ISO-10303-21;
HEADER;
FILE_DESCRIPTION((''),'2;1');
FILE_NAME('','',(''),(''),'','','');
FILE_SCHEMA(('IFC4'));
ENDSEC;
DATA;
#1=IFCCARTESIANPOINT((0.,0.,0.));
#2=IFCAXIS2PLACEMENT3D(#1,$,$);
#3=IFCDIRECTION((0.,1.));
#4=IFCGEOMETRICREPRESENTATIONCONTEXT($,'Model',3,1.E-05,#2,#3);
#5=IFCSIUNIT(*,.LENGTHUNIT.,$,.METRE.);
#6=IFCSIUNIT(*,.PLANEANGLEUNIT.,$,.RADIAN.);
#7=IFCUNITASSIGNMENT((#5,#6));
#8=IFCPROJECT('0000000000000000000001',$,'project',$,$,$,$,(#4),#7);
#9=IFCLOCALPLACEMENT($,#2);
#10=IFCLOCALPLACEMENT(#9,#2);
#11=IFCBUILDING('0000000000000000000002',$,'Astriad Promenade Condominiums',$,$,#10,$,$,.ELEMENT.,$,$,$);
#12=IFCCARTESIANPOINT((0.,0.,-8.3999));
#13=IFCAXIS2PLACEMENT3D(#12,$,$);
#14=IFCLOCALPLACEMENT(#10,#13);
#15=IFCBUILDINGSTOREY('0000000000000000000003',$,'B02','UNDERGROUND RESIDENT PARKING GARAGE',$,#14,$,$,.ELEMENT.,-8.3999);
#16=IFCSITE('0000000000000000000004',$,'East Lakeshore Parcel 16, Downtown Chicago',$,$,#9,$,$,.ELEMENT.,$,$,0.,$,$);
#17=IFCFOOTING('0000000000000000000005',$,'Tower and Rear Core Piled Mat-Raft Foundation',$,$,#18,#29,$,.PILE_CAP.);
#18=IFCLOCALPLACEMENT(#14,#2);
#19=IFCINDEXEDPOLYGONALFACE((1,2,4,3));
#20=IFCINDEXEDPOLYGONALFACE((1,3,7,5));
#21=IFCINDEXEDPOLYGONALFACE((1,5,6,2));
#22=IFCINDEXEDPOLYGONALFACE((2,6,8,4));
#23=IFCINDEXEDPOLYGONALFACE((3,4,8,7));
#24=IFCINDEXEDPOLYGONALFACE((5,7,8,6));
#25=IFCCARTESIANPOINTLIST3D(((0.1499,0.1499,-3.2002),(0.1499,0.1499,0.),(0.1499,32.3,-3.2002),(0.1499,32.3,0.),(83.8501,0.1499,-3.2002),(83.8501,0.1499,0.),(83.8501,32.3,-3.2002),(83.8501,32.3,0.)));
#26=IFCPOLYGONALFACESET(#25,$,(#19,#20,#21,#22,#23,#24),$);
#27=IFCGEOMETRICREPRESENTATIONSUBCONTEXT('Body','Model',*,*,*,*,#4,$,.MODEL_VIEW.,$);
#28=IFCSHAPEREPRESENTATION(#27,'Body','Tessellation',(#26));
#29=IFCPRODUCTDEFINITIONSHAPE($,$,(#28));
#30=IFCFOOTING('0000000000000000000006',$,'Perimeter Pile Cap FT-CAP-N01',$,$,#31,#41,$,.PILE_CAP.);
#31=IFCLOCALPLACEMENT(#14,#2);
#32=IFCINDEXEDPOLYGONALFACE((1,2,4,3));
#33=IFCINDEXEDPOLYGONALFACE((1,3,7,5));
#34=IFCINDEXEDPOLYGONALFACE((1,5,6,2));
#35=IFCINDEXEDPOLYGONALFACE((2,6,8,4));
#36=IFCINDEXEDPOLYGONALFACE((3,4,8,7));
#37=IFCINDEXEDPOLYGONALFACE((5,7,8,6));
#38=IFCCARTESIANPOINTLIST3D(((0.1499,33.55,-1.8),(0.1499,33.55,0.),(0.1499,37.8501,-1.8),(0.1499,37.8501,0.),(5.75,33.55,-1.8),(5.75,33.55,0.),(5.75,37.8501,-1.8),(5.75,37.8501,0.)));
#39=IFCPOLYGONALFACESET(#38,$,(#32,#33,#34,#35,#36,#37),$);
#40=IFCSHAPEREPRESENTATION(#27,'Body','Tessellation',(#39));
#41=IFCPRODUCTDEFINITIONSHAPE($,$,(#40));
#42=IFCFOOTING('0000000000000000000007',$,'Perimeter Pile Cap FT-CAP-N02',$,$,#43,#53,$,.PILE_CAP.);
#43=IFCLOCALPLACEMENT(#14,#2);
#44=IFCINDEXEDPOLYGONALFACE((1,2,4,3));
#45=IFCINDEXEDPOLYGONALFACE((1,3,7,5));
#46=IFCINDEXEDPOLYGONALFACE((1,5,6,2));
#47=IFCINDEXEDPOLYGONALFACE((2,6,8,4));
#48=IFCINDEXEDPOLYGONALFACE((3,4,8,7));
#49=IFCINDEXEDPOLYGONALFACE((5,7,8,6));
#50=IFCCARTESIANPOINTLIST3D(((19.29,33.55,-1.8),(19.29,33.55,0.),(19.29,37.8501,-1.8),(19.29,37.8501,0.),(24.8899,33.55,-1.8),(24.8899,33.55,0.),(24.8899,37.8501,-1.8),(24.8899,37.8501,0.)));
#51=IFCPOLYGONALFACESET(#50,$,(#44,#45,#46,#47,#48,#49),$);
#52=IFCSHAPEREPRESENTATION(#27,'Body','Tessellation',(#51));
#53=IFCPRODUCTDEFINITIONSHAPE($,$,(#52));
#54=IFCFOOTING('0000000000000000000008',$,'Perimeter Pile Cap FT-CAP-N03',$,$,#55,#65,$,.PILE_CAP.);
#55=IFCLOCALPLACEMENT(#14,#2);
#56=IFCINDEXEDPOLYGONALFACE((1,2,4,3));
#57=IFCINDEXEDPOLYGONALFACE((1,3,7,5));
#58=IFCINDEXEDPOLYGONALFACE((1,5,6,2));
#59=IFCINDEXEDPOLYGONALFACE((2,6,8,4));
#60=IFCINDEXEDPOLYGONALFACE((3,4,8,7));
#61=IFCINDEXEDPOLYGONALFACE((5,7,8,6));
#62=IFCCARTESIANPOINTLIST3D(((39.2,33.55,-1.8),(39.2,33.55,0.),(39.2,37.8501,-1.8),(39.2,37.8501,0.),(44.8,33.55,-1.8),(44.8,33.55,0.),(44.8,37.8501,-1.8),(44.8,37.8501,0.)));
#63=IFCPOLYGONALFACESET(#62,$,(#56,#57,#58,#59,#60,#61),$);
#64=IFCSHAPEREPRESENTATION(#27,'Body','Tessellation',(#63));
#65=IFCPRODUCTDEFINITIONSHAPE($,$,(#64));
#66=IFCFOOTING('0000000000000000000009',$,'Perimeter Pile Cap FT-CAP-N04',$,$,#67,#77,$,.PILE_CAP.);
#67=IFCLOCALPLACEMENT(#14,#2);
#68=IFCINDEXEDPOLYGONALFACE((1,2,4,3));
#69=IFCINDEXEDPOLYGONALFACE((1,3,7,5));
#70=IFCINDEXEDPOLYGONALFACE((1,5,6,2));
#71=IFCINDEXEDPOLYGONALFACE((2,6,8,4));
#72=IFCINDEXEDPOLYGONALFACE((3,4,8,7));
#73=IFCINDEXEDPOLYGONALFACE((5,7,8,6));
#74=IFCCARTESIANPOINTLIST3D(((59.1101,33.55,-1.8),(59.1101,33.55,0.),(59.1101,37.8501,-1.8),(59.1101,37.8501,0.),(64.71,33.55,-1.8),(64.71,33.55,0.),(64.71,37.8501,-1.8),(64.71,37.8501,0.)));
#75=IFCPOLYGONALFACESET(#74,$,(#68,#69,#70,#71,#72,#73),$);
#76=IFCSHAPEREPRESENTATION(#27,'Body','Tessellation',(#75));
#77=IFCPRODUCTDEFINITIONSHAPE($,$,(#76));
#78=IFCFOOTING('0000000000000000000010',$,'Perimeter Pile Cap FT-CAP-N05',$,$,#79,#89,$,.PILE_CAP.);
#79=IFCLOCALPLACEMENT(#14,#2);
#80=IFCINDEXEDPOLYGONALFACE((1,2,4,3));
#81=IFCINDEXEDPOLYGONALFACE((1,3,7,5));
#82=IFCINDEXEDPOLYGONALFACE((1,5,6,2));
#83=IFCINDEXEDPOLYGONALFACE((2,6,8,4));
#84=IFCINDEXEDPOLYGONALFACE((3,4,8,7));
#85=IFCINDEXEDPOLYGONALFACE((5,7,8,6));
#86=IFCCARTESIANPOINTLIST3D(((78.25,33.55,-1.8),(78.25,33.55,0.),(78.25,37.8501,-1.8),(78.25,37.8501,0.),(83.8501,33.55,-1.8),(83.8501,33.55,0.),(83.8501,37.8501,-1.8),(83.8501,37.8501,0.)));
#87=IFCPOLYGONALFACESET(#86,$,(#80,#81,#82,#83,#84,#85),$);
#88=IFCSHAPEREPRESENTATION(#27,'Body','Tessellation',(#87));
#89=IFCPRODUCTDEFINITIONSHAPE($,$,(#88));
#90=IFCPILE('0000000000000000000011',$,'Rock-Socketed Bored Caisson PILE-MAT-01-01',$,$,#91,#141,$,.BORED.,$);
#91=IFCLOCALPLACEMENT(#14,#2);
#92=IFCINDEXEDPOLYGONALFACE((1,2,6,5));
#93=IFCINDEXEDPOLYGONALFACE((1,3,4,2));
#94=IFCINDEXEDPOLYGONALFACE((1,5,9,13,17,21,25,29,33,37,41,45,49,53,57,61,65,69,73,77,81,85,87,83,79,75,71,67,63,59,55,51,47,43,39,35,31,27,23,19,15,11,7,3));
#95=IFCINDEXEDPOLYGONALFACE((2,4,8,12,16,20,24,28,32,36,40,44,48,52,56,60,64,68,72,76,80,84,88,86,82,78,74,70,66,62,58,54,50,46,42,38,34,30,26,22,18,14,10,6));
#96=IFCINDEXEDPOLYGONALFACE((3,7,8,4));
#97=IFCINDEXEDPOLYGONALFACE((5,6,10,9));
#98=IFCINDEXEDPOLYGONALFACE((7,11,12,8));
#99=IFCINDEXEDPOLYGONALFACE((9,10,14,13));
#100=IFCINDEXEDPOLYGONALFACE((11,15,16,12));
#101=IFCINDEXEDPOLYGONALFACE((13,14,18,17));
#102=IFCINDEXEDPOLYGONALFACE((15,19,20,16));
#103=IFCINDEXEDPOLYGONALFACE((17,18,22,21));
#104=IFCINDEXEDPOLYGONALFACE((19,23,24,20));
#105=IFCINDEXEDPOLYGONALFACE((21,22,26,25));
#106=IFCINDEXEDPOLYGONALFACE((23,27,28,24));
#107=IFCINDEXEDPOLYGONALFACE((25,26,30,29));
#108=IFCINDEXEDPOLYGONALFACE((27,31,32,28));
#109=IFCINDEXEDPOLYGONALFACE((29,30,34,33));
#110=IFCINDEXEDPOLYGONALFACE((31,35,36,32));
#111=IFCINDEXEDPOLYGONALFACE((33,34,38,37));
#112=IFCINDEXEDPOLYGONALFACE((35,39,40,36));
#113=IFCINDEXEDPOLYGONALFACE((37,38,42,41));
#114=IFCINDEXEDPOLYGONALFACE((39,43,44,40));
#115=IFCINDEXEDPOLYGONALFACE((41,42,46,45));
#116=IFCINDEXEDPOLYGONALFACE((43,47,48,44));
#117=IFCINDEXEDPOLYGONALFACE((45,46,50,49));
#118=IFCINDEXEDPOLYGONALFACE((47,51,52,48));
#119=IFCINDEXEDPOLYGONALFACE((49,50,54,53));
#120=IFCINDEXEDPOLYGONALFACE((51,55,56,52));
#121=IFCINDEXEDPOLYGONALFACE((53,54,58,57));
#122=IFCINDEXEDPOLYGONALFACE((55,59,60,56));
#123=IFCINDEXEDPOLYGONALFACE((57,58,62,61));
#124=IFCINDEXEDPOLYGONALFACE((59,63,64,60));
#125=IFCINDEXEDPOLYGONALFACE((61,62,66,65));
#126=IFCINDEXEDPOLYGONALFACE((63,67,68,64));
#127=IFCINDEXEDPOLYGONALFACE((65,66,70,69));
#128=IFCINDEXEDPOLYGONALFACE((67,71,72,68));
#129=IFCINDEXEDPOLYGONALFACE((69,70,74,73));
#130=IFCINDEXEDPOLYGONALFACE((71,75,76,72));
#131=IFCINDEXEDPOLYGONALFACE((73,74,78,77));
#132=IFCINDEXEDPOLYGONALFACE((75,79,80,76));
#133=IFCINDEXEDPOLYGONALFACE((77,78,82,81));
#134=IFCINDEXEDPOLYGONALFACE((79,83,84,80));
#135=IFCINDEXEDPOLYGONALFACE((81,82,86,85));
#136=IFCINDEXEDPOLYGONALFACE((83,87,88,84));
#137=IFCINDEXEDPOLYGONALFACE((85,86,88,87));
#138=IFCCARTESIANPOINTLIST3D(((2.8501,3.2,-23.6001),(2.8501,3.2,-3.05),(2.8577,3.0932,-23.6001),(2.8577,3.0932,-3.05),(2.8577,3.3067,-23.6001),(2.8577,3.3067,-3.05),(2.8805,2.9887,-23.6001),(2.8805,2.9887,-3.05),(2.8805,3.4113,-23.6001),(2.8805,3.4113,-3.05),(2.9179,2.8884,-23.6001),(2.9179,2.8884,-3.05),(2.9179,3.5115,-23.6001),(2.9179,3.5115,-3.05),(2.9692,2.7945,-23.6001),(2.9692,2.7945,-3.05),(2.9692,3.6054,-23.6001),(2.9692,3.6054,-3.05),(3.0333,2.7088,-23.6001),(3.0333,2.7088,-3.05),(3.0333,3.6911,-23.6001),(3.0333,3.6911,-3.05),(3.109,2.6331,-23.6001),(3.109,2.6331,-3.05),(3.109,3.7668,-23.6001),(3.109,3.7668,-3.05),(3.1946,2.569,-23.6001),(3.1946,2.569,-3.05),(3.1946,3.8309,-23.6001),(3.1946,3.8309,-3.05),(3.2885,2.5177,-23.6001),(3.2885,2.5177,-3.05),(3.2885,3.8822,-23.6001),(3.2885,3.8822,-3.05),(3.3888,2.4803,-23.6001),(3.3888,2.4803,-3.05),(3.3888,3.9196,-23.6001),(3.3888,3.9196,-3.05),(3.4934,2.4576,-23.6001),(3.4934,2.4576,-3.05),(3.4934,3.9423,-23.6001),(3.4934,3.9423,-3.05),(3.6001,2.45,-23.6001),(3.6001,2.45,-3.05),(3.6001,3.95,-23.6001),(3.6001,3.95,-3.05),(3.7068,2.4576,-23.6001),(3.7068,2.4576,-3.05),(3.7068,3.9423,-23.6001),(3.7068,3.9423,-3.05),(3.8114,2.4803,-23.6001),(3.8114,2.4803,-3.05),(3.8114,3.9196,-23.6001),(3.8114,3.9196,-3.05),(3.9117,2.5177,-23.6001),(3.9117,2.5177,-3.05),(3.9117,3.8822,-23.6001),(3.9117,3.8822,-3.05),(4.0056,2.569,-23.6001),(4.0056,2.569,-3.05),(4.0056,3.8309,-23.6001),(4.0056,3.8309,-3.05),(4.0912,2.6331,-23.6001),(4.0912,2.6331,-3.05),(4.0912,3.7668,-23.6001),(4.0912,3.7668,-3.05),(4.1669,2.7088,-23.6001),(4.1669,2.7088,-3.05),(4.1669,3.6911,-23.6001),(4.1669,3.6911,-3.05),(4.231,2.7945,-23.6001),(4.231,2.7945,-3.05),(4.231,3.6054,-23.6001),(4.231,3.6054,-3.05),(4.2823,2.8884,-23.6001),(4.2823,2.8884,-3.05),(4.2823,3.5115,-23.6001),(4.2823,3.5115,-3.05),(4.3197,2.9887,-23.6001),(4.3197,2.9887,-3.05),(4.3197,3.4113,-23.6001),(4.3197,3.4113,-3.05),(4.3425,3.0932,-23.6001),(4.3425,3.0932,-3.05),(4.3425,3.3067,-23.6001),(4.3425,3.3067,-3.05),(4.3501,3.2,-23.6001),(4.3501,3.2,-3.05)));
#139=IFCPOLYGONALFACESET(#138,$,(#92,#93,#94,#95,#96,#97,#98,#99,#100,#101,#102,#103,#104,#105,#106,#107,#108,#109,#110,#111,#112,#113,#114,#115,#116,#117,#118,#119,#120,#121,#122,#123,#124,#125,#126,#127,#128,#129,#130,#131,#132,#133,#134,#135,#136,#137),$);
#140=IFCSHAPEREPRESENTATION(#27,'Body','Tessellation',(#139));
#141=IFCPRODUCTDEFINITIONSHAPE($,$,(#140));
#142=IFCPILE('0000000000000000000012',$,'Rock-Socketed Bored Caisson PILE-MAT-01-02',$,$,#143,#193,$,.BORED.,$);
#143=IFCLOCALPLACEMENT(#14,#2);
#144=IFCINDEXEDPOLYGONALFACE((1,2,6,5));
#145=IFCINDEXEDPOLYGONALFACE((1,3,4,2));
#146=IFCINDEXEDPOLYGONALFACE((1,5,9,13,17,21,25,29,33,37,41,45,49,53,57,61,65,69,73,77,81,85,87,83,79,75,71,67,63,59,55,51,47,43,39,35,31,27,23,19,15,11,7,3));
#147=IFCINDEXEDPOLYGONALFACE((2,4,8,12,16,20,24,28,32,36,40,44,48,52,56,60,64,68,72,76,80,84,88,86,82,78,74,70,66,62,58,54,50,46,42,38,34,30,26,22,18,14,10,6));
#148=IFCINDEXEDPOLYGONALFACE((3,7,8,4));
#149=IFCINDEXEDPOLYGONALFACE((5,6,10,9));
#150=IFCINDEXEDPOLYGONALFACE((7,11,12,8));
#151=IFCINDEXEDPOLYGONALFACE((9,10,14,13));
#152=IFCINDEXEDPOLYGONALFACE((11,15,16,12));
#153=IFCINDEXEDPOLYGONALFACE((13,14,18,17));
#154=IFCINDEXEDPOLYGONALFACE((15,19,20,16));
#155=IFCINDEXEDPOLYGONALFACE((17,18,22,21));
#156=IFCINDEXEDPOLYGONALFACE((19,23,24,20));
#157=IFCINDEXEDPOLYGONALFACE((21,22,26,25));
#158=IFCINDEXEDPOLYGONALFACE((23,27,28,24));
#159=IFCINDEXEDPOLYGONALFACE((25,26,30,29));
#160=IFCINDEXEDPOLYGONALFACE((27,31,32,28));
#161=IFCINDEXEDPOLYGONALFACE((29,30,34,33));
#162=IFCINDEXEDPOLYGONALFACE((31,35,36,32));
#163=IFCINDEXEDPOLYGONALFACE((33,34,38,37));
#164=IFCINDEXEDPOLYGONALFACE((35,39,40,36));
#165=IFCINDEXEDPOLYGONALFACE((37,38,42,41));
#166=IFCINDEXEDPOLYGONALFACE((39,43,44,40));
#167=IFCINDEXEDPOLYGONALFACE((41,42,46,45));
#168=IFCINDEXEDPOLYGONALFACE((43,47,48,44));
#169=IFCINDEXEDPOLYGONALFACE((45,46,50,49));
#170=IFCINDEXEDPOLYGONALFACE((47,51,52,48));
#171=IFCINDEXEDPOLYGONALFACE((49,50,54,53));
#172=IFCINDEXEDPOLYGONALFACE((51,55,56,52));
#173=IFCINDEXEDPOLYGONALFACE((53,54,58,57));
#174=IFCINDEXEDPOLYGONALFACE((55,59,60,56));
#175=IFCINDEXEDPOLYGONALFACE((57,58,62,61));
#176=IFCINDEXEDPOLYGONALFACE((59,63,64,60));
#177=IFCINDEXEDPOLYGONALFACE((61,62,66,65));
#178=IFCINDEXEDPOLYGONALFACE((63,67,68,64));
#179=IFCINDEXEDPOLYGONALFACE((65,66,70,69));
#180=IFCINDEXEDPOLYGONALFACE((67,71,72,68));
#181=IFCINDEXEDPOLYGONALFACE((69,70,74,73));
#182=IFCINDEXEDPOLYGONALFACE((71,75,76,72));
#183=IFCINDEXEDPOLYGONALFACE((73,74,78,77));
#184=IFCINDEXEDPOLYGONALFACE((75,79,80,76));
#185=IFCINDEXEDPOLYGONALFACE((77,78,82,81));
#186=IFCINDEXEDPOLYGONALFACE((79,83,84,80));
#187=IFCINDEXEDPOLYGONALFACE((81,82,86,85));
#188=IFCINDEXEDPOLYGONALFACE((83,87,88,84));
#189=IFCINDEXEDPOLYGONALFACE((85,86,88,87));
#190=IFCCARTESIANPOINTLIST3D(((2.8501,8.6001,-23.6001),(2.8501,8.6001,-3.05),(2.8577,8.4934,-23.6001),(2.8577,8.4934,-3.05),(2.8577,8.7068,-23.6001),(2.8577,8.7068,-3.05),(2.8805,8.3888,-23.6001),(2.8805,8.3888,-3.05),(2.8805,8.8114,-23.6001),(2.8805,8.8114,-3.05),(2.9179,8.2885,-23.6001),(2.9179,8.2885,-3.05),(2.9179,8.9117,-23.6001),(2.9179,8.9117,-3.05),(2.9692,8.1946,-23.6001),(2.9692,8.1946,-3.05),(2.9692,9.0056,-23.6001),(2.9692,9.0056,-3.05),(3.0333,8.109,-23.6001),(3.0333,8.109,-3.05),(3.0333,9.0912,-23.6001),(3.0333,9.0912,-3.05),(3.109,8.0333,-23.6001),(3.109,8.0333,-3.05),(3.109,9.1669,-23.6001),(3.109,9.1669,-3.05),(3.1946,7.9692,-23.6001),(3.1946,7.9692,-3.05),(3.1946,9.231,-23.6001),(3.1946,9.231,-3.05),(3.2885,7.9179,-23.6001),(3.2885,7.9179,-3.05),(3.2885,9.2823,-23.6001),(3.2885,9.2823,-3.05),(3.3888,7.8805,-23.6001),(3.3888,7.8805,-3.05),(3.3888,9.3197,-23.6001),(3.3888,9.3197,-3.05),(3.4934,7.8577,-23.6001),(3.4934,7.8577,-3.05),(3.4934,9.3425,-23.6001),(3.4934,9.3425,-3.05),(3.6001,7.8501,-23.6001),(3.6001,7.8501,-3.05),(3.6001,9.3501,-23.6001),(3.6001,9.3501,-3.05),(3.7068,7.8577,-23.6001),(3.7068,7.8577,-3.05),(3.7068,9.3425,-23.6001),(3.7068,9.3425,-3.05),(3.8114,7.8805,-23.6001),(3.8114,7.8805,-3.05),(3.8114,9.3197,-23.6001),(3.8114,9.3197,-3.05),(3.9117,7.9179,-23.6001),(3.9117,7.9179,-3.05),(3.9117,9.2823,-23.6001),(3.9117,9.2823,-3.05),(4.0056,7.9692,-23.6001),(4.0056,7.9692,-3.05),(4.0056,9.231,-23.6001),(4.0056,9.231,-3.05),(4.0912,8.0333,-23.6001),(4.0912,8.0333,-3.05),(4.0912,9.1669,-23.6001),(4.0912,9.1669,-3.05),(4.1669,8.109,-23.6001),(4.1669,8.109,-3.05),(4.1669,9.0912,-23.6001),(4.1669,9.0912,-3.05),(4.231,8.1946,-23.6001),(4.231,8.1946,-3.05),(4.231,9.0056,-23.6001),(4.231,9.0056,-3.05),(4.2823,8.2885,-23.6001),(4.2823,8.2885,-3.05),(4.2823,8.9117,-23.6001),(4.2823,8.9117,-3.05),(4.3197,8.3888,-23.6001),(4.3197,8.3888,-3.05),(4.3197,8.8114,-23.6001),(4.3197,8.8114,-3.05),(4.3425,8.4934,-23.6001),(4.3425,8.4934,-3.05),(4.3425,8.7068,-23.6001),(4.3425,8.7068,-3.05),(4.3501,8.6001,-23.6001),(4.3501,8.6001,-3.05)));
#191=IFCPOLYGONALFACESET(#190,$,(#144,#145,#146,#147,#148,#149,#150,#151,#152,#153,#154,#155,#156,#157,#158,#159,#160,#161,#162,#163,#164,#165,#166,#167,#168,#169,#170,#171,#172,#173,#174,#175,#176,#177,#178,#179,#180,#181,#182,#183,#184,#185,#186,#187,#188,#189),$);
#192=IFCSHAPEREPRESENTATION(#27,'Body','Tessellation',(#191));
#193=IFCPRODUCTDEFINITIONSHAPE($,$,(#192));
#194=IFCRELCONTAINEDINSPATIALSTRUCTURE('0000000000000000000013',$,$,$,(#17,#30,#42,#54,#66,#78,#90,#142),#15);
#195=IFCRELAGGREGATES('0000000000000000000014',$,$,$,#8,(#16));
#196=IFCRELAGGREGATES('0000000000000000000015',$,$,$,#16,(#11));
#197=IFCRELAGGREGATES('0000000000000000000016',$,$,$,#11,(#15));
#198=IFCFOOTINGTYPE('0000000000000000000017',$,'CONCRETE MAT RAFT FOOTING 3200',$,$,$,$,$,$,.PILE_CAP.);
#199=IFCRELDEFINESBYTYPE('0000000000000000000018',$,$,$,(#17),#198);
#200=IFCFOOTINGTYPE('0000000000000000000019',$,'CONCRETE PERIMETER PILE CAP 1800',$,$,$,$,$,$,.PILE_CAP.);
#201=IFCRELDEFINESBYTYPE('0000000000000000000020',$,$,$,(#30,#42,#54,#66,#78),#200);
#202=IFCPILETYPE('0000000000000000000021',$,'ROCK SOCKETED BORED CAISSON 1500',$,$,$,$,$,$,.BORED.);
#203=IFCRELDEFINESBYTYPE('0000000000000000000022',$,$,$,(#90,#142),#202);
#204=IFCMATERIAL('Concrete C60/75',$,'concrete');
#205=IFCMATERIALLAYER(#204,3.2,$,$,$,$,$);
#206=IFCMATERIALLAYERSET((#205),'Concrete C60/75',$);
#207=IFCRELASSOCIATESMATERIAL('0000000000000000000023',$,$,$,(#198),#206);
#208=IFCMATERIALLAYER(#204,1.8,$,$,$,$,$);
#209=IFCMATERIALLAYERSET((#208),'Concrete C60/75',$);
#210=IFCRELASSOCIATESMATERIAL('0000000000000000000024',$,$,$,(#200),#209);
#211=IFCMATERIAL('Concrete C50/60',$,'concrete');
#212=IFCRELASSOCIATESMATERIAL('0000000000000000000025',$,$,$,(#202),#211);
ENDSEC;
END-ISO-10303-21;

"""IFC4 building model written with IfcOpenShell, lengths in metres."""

from ifc_helpers import new_model, si_unit, direction, frame, origin, origin_2d, place, context, subcontext, project, spatial, polyline, circle, outline, extrude, source, transform, mapped, material, layer, layer_set, material_profile, profile_set, type_object, type_shapes, element, save


model = new_model("IFC4")

# Units and contexts
model_context = context("Model", 3, precision=1e-05, world=origin(), true_north=direction((0.0, 1.0)))
body_context = subcontext(model_context, "Body", "Model", "MODEL_VIEW")
ifc_project = project(units=[si_unit("LENGTHUNIT", "METRE"), si_unit("PLANEANGLEUNIT", "RADIAN")], contexts=[model_context])

# Site, building, storey
site_placement = place(None, origin())
site = spatial("IfcSite", under=ifc_project, at=site_placement, Name="East Lakeshore Parcel 16, Downtown Chicago", CompositionType="ELEMENT", RefElevation=0.0)
building_placement = place(site_placement, origin())
building = spatial("IfcBuilding", under=site, at=building_placement, Name="Astriad Promenade Condominiums", CompositionType="ELEMENT")
storey_placement = place(building_placement, frame((0.0, 0.0, -8.3999)))
storey = spatial("IfcBuildingStorey", under=building, at=storey_placement, Name="B02", Description="UNDERGROUND RESIDENT PARKING GARAGE", CompositionType="ELEMENT", Elevation=-8.3999)

# Footings
ifc_material_1 = material(Name="Concrete C60/75", Category="concrete")
ifc_layer_1 = layer(ifc_material_1, 3.2)
ifc_layer_set_1 = layer_set([ifc_layer_1], Name="Concrete C60/75")
footing_type_1 = type_object("IfcFootingType", Name="CONCRETE MAT RAFT FOOTING 3200", PredefinedType="PILE_CAP", material=ifc_layer_set_1)
footing_1_placement = place(storey_placement, frame((0.0, 0.0, -3.2002)))
element("IfcFooting", 1, at=footing_1_placement, inside=storey, type_object=footing_type_1, Name="Tower and Rear Core Piled Mat-Raft Foundation", PredefinedType="PILE_CAP", context=body_context, shape_type="SweptSolid", body=[
    extrude(outline(polyline([(0.1499, 0.1499), (83.8501, 0.1499), (83.8501, 32.3), (0.1499, 32.3), (0.1499, 0.1499)])), origin(), (0.0, 0.0, 1.0), 3.2002),
])
ifc_layer_2 = layer(ifc_material_1, 1.8)
ifc_layer_set_2 = layer_set([ifc_layer_2], Name="Concrete C60/75")
footing_type_2 = type_object("IfcFootingType", Name="CONCRETE PERIMETER PILE CAP 1800", PredefinedType="PILE_CAP", material=ifc_layer_set_2)
footing_2_placement = place(storey_placement, frame((0.0, 0.0, -1.8)))
element("IfcFooting", 2, at=footing_2_placement, inside=storey, type_object=footing_type_2, Name="Perimeter Pile Cap FT-CAP-N01", PredefinedType="PILE_CAP", context=body_context, shape_type="SweptSolid", body=[
    extrude(outline(polyline([(0.1499, 33.55), (5.75, 33.55), (5.75, 37.8501), (0.1499, 37.8501), (0.1499, 33.55)])), origin(), (0.0, 0.0, 1.0), 1.8),
])
footing_3_placement = place(storey_placement, frame((0.0, 0.0, -1.8)))
element("IfcFooting", 3, at=footing_3_placement, inside=storey, type_object=footing_type_2, Name="Perimeter Pile Cap FT-CAP-N02", PredefinedType="PILE_CAP", context=body_context, shape_type="SweptSolid", body=[
    extrude(outline(polyline([(19.29, 33.55), (24.8899, 33.55), (24.8899, 37.8501), (19.29, 37.8501), (19.29, 33.55)])), origin(), (0.0, 0.0, 1.0), 1.8),
])
footing_4_placement = place(storey_placement, frame((0.0, 0.0, -1.8)))
element("IfcFooting", 4, at=footing_4_placement, inside=storey, type_object=footing_type_2, Name="Perimeter Pile Cap FT-CAP-N03", PredefinedType="PILE_CAP", context=body_context, shape_type="SweptSolid", body=[
    extrude(outline(polyline([(39.2, 33.55), (44.8, 33.55), (44.8, 37.8501), (39.2, 37.8501), (39.2, 33.55)])), origin(), (0.0, 0.0, 1.0), 1.8),
])
footing_5_placement = place(storey_placement, frame((0.0, 0.0, -1.8)))
element("IfcFooting", 5, at=footing_5_placement, inside=storey, type_object=footing_type_2, Name="Perimeter Pile Cap FT-CAP-N04", PredefinedType="PILE_CAP", context=body_context, shape_type="SweptSolid", body=[
    extrude(outline(polyline([(59.1101, 33.55), (64.71, 33.55), (64.71, 37.8501), (59.1101, 37.8501), (59.1101, 33.55)])), origin(), (0.0, 0.0, 1.0), 1.8),
])
footing_6_placement = place(storey_placement, frame((0.0, 0.0, -1.8)))
element("IfcFooting", 6, at=footing_6_placement, inside=storey, type_object=footing_type_2, Name="Perimeter Pile Cap FT-CAP-N05", PredefinedType="PILE_CAP", context=body_context, shape_type="SweptSolid", body=[
    extrude(outline(polyline([(78.25, 33.55), (83.8501, 33.55), (83.8501, 37.8501), (78.25, 37.8501), (78.25, 33.55)])), origin(), (0.0, 0.0, 1.0), 1.8),
])

# Piles
ifc_material_2 = material(Name="Concrete C50/60", Category="concrete")
ifc_material_profile_1 = material_profile(ifc_material_2, circle(Radius=0.75, at=origin_2d()), Name="CAISSON-D1500")
ifc_profile_set_1 = profile_set([ifc_material_profile_1], Name="Concrete C50/60")
pile_type = type_object("IfcPileType", Name="ROCK SOCKETED BORED CAISSON 1500", PredefinedType="BORED", material=ifc_profile_set_1)
shared_shape_1 = source(origin(), body_context, "Body", "SweptSolid", [
    extrude(circle(Radius=0.75, at=origin_2d()), origin(), (0.0, 0.0, 1.0), 20.55),
])
type_shapes(pile_type, [shared_shape_1])
for number, where, z_axis, x_axis, name in (
    (7, (3.6001, 3.2, -3.05), (0.0, 0.0, -1.0), (1.0, 0.0, 0.0), "Rock-Socketed Bored Caisson PILE-MAT-01-01"),
    (8, (3.6001, 8.6001, -3.05), (0.0, 0.0, -1.0), (1.0, 0.0, 0.0), "Rock-Socketed Bored Caisson PILE-MAT-01-02"),
):
    element("IfcPile", number, at=place(storey_placement, frame(where, z_axis=z_axis, x_axis=x_axis)), inside=storey, type_object=pile_type, Name=name, PredefinedType="BORED", context=body_context, shape_type="MappedRepresentation", body=[
        mapped(shared_shape_1, transform((0.0, 0.0, 0.0), scale=1.0)),
    ])

save(model, "model.ifc")
